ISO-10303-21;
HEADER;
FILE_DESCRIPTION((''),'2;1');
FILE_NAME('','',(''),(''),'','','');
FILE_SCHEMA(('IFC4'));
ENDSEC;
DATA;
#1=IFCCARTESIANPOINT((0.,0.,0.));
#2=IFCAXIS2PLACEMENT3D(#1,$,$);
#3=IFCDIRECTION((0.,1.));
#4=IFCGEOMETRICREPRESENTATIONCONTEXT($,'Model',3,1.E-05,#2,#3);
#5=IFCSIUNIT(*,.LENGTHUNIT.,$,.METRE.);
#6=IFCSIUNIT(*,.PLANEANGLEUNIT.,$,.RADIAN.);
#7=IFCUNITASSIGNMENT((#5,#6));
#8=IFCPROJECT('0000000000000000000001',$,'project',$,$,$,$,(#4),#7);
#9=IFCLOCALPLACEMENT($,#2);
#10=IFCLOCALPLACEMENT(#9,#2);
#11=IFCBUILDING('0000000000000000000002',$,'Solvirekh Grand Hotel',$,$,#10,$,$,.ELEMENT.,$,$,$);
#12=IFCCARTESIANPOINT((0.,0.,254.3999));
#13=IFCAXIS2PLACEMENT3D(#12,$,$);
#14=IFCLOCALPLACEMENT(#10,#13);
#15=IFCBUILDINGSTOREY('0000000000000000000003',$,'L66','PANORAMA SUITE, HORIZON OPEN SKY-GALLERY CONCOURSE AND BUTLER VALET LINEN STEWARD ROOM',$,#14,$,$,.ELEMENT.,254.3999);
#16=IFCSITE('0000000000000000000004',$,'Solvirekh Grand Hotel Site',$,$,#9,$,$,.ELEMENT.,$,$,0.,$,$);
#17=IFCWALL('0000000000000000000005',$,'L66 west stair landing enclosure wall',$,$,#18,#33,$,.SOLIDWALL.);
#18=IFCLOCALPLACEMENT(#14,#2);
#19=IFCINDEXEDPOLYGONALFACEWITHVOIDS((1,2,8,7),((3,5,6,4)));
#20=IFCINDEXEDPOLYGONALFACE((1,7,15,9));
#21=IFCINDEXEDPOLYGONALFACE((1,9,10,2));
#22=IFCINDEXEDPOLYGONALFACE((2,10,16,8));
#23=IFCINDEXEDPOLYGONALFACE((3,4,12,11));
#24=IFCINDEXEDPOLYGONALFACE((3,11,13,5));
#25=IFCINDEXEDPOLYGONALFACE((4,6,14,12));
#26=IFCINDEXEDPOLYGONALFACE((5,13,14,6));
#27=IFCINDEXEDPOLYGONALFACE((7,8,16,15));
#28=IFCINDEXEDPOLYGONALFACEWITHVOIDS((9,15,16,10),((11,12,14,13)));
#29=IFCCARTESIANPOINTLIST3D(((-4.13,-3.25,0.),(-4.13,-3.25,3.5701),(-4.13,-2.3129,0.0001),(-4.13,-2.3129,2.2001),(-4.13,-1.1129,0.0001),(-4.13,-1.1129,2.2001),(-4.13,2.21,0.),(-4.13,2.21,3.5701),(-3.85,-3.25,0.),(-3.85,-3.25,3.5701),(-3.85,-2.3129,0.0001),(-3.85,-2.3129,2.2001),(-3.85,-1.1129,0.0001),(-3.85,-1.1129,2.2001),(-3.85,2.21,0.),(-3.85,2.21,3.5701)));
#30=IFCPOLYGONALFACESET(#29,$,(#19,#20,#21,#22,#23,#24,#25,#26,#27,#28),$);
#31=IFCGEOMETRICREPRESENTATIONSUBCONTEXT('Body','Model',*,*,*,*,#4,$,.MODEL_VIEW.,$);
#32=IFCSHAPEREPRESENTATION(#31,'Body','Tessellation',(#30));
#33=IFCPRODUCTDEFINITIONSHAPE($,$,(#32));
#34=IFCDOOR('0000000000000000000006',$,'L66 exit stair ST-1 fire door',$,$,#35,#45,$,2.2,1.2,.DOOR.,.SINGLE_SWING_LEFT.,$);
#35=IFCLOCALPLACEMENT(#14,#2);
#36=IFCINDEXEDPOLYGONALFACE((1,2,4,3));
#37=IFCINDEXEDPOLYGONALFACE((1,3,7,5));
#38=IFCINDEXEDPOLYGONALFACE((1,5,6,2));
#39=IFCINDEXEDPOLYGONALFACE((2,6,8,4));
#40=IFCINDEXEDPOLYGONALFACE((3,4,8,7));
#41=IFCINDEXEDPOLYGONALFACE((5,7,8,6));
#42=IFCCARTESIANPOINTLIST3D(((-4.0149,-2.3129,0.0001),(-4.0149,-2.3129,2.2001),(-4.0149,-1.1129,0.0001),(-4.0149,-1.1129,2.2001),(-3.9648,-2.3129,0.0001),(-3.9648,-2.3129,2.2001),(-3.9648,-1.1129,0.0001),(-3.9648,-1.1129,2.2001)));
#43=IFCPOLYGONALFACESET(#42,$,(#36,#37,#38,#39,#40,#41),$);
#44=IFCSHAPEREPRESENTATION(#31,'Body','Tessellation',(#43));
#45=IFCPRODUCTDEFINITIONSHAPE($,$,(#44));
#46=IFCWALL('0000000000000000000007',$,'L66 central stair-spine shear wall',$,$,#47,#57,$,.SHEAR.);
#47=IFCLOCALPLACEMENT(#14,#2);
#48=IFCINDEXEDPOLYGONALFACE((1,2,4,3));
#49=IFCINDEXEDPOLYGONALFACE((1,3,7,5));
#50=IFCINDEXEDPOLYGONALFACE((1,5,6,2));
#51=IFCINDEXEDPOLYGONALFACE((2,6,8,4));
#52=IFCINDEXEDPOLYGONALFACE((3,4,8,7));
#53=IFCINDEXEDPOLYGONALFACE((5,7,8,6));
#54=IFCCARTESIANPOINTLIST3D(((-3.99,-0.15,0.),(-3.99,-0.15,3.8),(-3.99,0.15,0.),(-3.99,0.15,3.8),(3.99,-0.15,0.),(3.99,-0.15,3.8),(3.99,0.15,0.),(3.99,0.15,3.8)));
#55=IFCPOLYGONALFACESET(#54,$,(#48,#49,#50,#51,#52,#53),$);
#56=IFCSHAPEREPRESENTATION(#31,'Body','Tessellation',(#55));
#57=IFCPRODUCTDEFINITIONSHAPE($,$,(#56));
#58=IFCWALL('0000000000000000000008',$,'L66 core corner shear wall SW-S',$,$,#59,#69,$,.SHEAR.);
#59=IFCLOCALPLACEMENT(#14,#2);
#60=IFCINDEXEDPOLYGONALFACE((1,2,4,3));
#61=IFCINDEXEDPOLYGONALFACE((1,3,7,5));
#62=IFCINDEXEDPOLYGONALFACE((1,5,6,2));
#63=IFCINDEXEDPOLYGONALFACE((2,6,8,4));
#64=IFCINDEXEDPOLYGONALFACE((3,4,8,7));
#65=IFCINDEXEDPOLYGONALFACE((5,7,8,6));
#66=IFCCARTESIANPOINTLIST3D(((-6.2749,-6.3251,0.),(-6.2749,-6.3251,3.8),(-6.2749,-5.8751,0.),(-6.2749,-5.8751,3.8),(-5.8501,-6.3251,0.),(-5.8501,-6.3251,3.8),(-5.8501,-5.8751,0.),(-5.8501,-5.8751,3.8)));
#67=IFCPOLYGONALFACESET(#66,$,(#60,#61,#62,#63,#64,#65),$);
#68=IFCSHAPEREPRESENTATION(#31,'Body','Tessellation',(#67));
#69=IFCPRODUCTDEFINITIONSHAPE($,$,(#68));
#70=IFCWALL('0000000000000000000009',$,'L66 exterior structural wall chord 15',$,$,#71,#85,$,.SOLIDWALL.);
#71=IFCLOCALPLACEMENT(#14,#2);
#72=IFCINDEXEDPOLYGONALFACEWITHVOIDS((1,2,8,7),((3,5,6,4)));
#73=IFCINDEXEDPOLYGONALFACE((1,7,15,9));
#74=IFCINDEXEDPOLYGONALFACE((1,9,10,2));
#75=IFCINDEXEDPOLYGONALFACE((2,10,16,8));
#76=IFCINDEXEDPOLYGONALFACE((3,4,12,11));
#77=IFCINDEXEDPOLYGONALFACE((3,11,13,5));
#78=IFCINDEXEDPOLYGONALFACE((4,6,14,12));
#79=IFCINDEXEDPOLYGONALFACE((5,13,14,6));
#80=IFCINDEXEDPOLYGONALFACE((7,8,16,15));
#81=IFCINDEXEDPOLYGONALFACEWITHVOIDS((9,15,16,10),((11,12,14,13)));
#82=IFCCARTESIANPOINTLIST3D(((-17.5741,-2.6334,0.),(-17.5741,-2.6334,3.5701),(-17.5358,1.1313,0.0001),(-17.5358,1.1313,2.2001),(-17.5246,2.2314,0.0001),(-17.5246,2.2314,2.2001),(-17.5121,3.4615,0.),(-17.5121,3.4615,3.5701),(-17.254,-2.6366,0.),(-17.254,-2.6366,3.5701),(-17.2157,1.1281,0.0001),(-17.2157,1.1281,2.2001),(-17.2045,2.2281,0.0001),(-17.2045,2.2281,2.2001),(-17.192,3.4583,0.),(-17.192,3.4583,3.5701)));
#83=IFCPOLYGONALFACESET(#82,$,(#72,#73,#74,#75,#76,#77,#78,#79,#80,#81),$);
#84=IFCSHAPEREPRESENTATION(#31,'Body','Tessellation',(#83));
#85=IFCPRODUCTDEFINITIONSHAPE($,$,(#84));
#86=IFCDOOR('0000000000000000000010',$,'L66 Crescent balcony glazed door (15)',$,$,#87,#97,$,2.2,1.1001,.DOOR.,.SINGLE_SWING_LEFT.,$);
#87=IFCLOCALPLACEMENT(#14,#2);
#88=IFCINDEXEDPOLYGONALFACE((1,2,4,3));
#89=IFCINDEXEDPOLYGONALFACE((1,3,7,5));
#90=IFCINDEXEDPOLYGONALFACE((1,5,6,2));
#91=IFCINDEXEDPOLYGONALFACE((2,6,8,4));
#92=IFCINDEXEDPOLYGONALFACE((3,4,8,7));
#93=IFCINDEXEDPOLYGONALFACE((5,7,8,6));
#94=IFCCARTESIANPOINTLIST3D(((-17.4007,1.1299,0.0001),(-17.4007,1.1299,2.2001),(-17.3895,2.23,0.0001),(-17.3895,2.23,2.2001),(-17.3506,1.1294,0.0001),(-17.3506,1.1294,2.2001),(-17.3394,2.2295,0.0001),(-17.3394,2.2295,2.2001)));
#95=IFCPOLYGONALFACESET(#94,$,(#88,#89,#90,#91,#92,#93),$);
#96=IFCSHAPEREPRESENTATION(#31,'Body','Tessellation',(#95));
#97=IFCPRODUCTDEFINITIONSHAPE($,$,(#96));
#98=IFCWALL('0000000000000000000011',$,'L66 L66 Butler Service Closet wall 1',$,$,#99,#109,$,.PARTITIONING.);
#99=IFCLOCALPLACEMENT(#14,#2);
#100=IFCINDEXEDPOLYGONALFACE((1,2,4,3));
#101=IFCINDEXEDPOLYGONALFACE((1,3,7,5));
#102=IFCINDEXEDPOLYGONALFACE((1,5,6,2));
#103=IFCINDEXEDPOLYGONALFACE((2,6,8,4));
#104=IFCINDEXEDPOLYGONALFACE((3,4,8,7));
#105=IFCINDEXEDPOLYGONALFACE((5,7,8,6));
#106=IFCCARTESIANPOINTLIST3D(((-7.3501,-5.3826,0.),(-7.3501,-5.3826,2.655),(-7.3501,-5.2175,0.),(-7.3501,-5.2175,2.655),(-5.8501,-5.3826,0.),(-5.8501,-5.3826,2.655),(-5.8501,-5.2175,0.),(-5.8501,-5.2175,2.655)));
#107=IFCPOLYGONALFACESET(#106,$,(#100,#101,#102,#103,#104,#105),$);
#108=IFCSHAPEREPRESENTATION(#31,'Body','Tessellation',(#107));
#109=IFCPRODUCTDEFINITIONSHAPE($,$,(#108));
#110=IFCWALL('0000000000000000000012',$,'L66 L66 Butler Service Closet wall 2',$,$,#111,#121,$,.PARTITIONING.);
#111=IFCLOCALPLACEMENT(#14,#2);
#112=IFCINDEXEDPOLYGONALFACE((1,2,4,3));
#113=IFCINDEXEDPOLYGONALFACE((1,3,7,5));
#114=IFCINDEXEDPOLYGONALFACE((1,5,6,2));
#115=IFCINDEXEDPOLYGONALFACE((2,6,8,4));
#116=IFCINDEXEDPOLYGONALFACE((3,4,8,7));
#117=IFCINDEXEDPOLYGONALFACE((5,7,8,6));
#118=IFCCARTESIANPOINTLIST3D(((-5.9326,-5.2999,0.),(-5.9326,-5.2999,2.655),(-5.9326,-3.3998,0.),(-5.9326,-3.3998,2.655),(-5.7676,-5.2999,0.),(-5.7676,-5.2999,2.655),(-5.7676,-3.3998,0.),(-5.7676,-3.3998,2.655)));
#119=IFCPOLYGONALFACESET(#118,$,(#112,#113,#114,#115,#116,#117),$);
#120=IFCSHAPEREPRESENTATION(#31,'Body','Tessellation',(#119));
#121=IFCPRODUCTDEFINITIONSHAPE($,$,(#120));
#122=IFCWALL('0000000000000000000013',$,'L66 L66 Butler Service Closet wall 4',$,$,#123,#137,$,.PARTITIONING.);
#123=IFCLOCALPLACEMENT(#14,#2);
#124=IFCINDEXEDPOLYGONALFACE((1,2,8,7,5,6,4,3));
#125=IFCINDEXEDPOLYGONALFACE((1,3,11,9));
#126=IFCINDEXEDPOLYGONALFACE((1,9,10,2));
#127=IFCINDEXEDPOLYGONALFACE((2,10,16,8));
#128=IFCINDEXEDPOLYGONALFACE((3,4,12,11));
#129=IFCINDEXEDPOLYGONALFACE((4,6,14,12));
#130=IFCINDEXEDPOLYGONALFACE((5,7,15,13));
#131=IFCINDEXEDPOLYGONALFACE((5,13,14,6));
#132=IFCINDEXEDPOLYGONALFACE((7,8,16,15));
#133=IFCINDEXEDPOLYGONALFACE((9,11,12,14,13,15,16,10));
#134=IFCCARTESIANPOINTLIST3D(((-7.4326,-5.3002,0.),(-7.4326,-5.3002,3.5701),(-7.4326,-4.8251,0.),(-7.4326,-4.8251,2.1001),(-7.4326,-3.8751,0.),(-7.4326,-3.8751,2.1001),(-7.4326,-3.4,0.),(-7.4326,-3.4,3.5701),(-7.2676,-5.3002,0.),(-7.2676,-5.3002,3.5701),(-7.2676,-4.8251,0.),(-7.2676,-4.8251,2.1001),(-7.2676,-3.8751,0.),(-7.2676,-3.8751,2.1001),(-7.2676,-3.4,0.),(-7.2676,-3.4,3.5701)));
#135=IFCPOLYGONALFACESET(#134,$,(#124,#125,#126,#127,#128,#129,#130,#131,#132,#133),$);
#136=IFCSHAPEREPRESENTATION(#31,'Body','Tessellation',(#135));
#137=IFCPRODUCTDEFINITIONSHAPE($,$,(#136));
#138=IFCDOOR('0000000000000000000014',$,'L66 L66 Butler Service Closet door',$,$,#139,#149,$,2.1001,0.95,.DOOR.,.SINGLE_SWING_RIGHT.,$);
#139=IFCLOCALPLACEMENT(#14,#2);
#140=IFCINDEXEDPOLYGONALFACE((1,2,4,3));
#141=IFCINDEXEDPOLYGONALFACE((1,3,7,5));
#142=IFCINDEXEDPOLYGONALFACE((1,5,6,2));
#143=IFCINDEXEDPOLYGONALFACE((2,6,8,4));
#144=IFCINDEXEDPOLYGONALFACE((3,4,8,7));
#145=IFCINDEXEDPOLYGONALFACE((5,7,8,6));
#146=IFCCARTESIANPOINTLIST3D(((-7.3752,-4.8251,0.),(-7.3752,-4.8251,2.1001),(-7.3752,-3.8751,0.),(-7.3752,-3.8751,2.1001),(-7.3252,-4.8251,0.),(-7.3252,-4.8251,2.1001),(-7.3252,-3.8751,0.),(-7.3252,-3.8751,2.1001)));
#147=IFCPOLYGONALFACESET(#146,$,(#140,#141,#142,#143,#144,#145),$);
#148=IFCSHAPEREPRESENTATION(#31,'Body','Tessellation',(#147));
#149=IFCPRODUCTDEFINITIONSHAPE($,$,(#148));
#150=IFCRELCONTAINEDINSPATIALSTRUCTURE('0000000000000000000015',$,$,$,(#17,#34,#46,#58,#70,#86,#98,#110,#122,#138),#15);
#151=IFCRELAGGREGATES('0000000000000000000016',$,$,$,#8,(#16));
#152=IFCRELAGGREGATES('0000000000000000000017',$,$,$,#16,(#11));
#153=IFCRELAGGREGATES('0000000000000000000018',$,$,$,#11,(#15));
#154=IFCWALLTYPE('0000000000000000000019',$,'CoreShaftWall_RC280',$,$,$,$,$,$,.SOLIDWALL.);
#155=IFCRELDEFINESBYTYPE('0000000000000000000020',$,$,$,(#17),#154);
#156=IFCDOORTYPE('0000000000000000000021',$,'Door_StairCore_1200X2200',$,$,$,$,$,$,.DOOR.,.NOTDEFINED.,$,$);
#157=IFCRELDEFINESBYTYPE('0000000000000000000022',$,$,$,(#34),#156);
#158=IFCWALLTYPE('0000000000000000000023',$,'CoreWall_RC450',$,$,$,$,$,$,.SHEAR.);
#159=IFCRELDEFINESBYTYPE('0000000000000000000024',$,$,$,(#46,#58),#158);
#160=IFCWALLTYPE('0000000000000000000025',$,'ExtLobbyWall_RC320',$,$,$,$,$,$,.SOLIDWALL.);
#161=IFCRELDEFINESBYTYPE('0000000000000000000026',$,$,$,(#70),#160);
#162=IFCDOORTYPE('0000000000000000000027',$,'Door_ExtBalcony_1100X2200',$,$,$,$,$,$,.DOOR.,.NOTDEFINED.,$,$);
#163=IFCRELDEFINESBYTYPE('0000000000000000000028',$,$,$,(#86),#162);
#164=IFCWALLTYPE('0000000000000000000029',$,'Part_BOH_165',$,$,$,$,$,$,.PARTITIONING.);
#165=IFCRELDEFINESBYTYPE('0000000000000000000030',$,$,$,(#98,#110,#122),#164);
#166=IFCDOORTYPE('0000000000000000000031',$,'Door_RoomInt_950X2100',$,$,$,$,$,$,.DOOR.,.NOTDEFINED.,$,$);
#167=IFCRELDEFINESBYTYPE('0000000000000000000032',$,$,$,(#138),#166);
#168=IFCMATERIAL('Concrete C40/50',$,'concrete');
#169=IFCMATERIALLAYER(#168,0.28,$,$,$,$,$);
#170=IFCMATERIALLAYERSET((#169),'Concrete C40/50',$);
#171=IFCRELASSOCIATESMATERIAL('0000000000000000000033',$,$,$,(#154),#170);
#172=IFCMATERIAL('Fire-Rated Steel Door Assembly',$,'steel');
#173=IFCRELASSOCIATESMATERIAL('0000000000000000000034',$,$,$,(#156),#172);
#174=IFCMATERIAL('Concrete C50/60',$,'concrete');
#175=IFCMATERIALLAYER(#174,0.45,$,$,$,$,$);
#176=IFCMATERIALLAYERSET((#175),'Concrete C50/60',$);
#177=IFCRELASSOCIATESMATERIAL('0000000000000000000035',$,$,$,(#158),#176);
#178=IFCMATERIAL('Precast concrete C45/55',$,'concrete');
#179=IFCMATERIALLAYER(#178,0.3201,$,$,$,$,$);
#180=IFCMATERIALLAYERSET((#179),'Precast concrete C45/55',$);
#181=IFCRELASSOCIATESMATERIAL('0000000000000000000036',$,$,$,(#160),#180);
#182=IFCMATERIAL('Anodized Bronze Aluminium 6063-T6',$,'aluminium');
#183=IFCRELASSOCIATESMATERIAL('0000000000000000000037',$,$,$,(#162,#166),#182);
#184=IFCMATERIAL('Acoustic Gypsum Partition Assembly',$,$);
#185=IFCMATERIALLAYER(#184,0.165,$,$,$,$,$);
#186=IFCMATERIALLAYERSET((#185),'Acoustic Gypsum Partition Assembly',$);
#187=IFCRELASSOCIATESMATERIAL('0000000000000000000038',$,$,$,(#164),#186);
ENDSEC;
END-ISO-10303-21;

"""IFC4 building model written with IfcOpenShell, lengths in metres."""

from ifc_helpers import new_model, si_unit, direction, frame, frame_2d, origin, place, context, subcontext, project, spatial, rectangle, extrude, material, layer, layer_set, type_object, element, fill, save


model = new_model("IFC4")

# Units and contexts
model_context = context("Model", 3, precision=1e-05, world=origin(), true_north=direction((0.0, 1.0)))
body_context = subcontext(model_context, "Body", "Model", "MODEL_VIEW")
ifc_project = project(units=[si_unit("LENGTHUNIT", "METRE"), si_unit("PLANEANGLEUNIT", "RADIAN")], contexts=[model_context])

# Site, building, storey
site_placement = place(None, origin())
site = spatial("IfcSite", under=ifc_project, at=site_placement, Name="Solvirekh Grand Hotel Site", CompositionType="ELEMENT", RefElevation=0.0)
building_placement = place(site_placement, origin())
building = spatial("IfcBuilding", under=site, at=building_placement, Name="Solvirekh Grand Hotel", CompositionType="ELEMENT")
storey_placement = place(building_placement, frame((0.0, 0.0, 254.3999)))
storey = spatial("IfcBuildingStorey", under=building, at=storey_placement, Name="L66", Description="PANORAMA SUITE, HORIZON OPEN SKY-GALLERY CONCOURSE AND BUTLER VALET LINEN STEWARD ROOM", CompositionType="ELEMENT", Elevation=254.3999)

# Shared definitions
ifc_material_1 = material(Name="Concrete C50/60", Category="concrete")

# Shared definitions
ifc_material_2 = material(Name="Concrete C40/50", Category="concrete")

# Wall, opening, door
ifc_layer_1 = layer(ifc_material_2, 0.28)
ifc_layer_set_1 = layer_set([ifc_layer_1], Name="Concrete C40/50")
wall_type_1 = type_object("IfcWallType", Name="CoreShaftWall_RC280", PredefinedType="SOLIDWALL", material=ifc_layer_set_1)
wall_1_placement = place(storey_placement, frame((-3.99, -3.25, 0.0), z_axis=(0.0, 0.0, 1.0), x_axis=(0.0, 1.0, 0.0)))
wall_1 = element("IfcWall", 1, at=wall_1_placement, inside=storey, type_object=wall_type_1, Name="L66 west stair landing enclosure wall", PredefinedType="SOLIDWALL", context=body_context, shape_type="SweptSolid", body=[
    extrude(rectangle(XDim=5.46, YDim=0.28, at=frame_2d((2.73, 0.0))), origin(), (0.0, 0.0, 1.0), 3.5701),
])
opening_1_placement = place(wall_1_placement, frame((0.937, 0.0, 0.0)))
opening_1 = element("IfcOpeningElement", 2, at=opening_1_placement, cuts=wall_1, PredefinedType="OPENING", context=body_context, shape_type="SweptSolid", body=[
    extrude(rectangle(XDim=1.2, YDim=2.2, at=frame_2d((0.6001, 1.1001))), frame((0.0, 0.1499, 0.0), z_axis=(0.0, -1.0, 0.0), x_axis=(1.0, 0.0, 0.0)), (0.0, 0.0, 1.0), 0.3),
])
ifc_material_3 = material(Name="Fire-Rated Steel Door Assembly", Category="steel")
door_type_1 = type_object("IfcDoorType", Name="Door_StairCore_1200X2200", OperationType="NOTDEFINED", PredefinedType="DOOR", material=ifc_material_3)
door_1_placement = place(opening_1_placement, origin())
door_1 = element("IfcDoor", 3, at=door_1_placement, inside=storey, type_object=door_type_1, Name="L66 exit stair ST-1 fire door", OperationType="SINGLE_SWING_LEFT", OverallHeight=2.2, OverallWidth=1.2, PredefinedType="DOOR", context=body_context, shape_type="SweptSolid", body=[
    extrude(rectangle(XDim=1.2, YDim=2.2, at=frame_2d((0.6001, 1.1001))), frame((0.0, 0.0249, 0.0), z_axis=(0.0, -1.0, 0.0), x_axis=(1.0, 0.0, 0.0)), (0.0, 0.0, 1.0), 0.05),
])
fill(opening_1, door_1)

# Walls
ifc_layer_2 = layer(ifc_material_1, 0.45)
ifc_layer_set_2 = layer_set([ifc_layer_2], Name="Concrete C50/60")
wall_type_2 = type_object("IfcWallType", Name="CoreWall_RC450", PredefinedType="SHEAR", material=ifc_layer_set_2)
wall_2_placement = place(storey_placement, frame((-3.99, 0.0, 0.0), z_axis=(0.0, 0.0, 1.0), x_axis=(1.0, 0.0, 0.0)))
element("IfcWall", 4, at=wall_2_placement, inside=storey, type_object=wall_type_2, Name="L66 central stair-spine shear wall", PredefinedType="SHEAR", context=body_context, shape_type="SweptSolid", body=[
    extrude(rectangle(XDim=7.98, YDim=0.3, at=frame_2d((3.99, 0.0))), origin(), (0.0, 0.0, 1.0), 3.8),
])
wall_3_placement = place(storey_placement, frame((-6.2749, -6.1001, 0.0), z_axis=(0.0, 0.0, 1.0), x_axis=(1.0, 0.0, 0.0)))
element("IfcWall", 5, at=wall_3_placement, inside=storey, type_object=wall_type_2, Name="L66 core corner shear wall SW-S", PredefinedType="SHEAR", context=body_context, shape_type="SweptSolid", body=[
    extrude(rectangle(XDim=0.4248, YDim=0.45, at=frame_2d((0.2124, 0.0))), origin(), (0.0, 0.0, 1.0), 3.8),
])

# Wall, opening, door
ifc_material_4 = material(Name="Precast concrete C45/55", Category="concrete")
ifc_layer_3 = layer(ifc_material_4, 0.3201)
ifc_layer_set_3 = layer_set([ifc_layer_3], Name="Precast concrete C45/55")
wall_type_3 = type_object("IfcWallType", Name="ExtLobbyWall_RC320", PredefinedType="SOLIDWALL", material=ifc_layer_set_3)
wall_4_placement = place(storey_placement, frame((-17.4141, -2.635, 0.0), z_axis=(0.0, 0.0, 1.0), x_axis=(0.010174, 0.999948, 0.0)))
wall_4 = element("IfcWall", 6, at=wall_4_placement, inside=storey, type_object=wall_type_3, Name="L66 exterior structural wall chord 15", PredefinedType="SOLIDWALL", context=body_context, shape_type="SweptSolid", body=[
    extrude(rectangle(XDim=6.0952, YDim=0.3201, at=frame_2d((3.0476, 0.0))), origin(), (0.0, 0.0, 1.0), 3.5701),
])
opening_2_placement = place(wall_4_placement, frame((3.7649, 0.0, 0.0)))
opening_2 = element("IfcOpeningElement", 7, at=opening_2_placement, cuts=wall_4, PredefinedType="OPENING", context=body_context, shape_type="SweptSolid", body=[
    extrude(rectangle(XDim=1.1001, YDim=2.2, at=frame_2d((0.55, 1.1001))), frame((0.0, 0.1699, 0.0), z_axis=(0.0, -1.0, 0.0), x_axis=(1.0, 0.0, 0.0)), (0.0, 0.0, 1.0), 0.3401),
])
ifc_material_5 = material(Name="Anodized Bronze Aluminium 6063-T6", Category="aluminium")
door_type_2 = type_object("IfcDoorType", Name="Door_ExtBalcony_1100X2200", OperationType="NOTDEFINED", PredefinedType="DOOR", material=ifc_material_5)
door_2_placement = place(opening_2_placement, origin())
door_2 = element("IfcDoor", 8, at=door_2_placement, inside=storey, type_object=door_type_2, Name="L66 Crescent balcony glazed door (15)", OperationType="SINGLE_SWING_LEFT", OverallHeight=2.2, OverallWidth=1.1001, PredefinedType="DOOR", context=body_context, shape_type="SweptSolid", body=[
    extrude(rectangle(XDim=1.1001, YDim=2.2, at=frame_2d((0.55, 1.1001))), frame((0.0, 0.0249, 0.0), z_axis=(0.0, -1.0, 0.0), x_axis=(1.0, 0.0, 0.0)), (0.0, 0.0, 1.0), 0.05),
])
fill(opening_2, door_2)

# Walls
ifc_material_6 = material(Name="Acoustic Gypsum Partition Assembly")
ifc_layer_4 = layer(ifc_material_6, 0.165)
ifc_layer_set_4 = layer_set([ifc_layer_4], Name="Acoustic Gypsum Partition Assembly")
wall_type_4 = type_object("IfcWallType", Name="Part_BOH_165", PredefinedType="PARTITIONING", material=ifc_layer_set_4)
wall_5_placement = place(storey_placement, frame((-7.3501, -5.3, 0.0), z_axis=(0.0, 0.0, 1.0), x_axis=(1.0, 0.0, 0.0)))
element("IfcWall", 9, at=wall_5_placement, inside=storey, type_object=wall_type_4, Name="L66 L66 Butler Service Closet wall 1", PredefinedType="PARTITIONING", context=body_context, shape_type="SweptSolid", body=[
    extrude(rectangle(XDim=1.5, YDim=0.165, at=frame_2d((0.75, 0.0))), origin(), (0.0, 0.0, 1.0), 2.655),
])
wall_6_placement = place(storey_placement, frame((-5.8501, -5.3, 0.0), z_axis=(0.0, 0.0, 1.0), x_axis=(0.0, 1.0, 0.0)))
element("IfcWall", 10, at=wall_6_placement, inside=storey, type_object=wall_type_4, Name="L66 L66 Butler Service Closet wall 2", PredefinedType="PARTITIONING", context=body_context, shape_type="SweptSolid", body=[
    extrude(rectangle(XDim=1.9001, YDim=0.165, at=frame_2d((0.9502, 0.0))), origin(), (0.0, 0.0, 1.0), 2.655),
])

# Wall, opening, door
wall_7_placement = place(storey_placement, frame((-7.3501, -3.3999, 0.0), z_axis=(0.0, 0.0, 1.0), x_axis=(0.0, -1.0, 0.0)))
wall_7 = element("IfcWall", 11, at=wall_7_placement, inside=storey, type_object=wall_type_4, Name="L66 L66 Butler Service Closet wall 4", PredefinedType="PARTITIONING", context=body_context, shape_type="SweptSolid", body=[
    extrude(rectangle(XDim=1.9001, YDim=0.165, at=frame_2d((0.9502, 0.0))), origin(), (0.0, 0.0, 1.0), 3.5701),
])
opening_3_placement = place(wall_7_placement, frame((0.4751, 0.0, 0.0)))
opening_3 = element("IfcOpeningElement", 12, at=opening_3_placement, cuts=wall_7, PredefinedType="OPENING", context=body_context, shape_type="SweptSolid", body=[
    extrude(rectangle(XDim=0.95, YDim=2.1001, at=frame_2d((0.4751, 1.05))), frame((0.0, 0.0925, 0.0), z_axis=(0.0, -1.0, 0.0), x_axis=(1.0, 0.0, 0.0)), (0.0, 0.0, 1.0), 0.1851),
])
door_type_3 = type_object("IfcDoorType", Name="Door_RoomInt_950X2100", OperationType="NOTDEFINED", PredefinedType="DOOR", material=ifc_material_5)
door_3_placement = place(opening_3_placement, origin())
door_3 = element("IfcDoor", 13, at=door_3_placement, inside=storey, type_object=door_type_3, Name="L66 L66 Butler Service Closet door", OperationType="SINGLE_SWING_RIGHT", OverallHeight=2.1001, OverallWidth=0.95, PredefinedType="DOOR", context=body_context, shape_type="SweptSolid", body=[
    extrude(rectangle(XDim=0.95, YDim=2.1001, at=frame_2d((0.4751, 1.05))), frame((0.0, 0.0249, 0.0), z_axis=(0.0, -1.0, 0.0), x_axis=(1.0, 0.0, 0.0)), (0.0, 0.0, 1.0), 0.05),
])
fill(opening_3, door_3)

save(model, "model.ifc")
